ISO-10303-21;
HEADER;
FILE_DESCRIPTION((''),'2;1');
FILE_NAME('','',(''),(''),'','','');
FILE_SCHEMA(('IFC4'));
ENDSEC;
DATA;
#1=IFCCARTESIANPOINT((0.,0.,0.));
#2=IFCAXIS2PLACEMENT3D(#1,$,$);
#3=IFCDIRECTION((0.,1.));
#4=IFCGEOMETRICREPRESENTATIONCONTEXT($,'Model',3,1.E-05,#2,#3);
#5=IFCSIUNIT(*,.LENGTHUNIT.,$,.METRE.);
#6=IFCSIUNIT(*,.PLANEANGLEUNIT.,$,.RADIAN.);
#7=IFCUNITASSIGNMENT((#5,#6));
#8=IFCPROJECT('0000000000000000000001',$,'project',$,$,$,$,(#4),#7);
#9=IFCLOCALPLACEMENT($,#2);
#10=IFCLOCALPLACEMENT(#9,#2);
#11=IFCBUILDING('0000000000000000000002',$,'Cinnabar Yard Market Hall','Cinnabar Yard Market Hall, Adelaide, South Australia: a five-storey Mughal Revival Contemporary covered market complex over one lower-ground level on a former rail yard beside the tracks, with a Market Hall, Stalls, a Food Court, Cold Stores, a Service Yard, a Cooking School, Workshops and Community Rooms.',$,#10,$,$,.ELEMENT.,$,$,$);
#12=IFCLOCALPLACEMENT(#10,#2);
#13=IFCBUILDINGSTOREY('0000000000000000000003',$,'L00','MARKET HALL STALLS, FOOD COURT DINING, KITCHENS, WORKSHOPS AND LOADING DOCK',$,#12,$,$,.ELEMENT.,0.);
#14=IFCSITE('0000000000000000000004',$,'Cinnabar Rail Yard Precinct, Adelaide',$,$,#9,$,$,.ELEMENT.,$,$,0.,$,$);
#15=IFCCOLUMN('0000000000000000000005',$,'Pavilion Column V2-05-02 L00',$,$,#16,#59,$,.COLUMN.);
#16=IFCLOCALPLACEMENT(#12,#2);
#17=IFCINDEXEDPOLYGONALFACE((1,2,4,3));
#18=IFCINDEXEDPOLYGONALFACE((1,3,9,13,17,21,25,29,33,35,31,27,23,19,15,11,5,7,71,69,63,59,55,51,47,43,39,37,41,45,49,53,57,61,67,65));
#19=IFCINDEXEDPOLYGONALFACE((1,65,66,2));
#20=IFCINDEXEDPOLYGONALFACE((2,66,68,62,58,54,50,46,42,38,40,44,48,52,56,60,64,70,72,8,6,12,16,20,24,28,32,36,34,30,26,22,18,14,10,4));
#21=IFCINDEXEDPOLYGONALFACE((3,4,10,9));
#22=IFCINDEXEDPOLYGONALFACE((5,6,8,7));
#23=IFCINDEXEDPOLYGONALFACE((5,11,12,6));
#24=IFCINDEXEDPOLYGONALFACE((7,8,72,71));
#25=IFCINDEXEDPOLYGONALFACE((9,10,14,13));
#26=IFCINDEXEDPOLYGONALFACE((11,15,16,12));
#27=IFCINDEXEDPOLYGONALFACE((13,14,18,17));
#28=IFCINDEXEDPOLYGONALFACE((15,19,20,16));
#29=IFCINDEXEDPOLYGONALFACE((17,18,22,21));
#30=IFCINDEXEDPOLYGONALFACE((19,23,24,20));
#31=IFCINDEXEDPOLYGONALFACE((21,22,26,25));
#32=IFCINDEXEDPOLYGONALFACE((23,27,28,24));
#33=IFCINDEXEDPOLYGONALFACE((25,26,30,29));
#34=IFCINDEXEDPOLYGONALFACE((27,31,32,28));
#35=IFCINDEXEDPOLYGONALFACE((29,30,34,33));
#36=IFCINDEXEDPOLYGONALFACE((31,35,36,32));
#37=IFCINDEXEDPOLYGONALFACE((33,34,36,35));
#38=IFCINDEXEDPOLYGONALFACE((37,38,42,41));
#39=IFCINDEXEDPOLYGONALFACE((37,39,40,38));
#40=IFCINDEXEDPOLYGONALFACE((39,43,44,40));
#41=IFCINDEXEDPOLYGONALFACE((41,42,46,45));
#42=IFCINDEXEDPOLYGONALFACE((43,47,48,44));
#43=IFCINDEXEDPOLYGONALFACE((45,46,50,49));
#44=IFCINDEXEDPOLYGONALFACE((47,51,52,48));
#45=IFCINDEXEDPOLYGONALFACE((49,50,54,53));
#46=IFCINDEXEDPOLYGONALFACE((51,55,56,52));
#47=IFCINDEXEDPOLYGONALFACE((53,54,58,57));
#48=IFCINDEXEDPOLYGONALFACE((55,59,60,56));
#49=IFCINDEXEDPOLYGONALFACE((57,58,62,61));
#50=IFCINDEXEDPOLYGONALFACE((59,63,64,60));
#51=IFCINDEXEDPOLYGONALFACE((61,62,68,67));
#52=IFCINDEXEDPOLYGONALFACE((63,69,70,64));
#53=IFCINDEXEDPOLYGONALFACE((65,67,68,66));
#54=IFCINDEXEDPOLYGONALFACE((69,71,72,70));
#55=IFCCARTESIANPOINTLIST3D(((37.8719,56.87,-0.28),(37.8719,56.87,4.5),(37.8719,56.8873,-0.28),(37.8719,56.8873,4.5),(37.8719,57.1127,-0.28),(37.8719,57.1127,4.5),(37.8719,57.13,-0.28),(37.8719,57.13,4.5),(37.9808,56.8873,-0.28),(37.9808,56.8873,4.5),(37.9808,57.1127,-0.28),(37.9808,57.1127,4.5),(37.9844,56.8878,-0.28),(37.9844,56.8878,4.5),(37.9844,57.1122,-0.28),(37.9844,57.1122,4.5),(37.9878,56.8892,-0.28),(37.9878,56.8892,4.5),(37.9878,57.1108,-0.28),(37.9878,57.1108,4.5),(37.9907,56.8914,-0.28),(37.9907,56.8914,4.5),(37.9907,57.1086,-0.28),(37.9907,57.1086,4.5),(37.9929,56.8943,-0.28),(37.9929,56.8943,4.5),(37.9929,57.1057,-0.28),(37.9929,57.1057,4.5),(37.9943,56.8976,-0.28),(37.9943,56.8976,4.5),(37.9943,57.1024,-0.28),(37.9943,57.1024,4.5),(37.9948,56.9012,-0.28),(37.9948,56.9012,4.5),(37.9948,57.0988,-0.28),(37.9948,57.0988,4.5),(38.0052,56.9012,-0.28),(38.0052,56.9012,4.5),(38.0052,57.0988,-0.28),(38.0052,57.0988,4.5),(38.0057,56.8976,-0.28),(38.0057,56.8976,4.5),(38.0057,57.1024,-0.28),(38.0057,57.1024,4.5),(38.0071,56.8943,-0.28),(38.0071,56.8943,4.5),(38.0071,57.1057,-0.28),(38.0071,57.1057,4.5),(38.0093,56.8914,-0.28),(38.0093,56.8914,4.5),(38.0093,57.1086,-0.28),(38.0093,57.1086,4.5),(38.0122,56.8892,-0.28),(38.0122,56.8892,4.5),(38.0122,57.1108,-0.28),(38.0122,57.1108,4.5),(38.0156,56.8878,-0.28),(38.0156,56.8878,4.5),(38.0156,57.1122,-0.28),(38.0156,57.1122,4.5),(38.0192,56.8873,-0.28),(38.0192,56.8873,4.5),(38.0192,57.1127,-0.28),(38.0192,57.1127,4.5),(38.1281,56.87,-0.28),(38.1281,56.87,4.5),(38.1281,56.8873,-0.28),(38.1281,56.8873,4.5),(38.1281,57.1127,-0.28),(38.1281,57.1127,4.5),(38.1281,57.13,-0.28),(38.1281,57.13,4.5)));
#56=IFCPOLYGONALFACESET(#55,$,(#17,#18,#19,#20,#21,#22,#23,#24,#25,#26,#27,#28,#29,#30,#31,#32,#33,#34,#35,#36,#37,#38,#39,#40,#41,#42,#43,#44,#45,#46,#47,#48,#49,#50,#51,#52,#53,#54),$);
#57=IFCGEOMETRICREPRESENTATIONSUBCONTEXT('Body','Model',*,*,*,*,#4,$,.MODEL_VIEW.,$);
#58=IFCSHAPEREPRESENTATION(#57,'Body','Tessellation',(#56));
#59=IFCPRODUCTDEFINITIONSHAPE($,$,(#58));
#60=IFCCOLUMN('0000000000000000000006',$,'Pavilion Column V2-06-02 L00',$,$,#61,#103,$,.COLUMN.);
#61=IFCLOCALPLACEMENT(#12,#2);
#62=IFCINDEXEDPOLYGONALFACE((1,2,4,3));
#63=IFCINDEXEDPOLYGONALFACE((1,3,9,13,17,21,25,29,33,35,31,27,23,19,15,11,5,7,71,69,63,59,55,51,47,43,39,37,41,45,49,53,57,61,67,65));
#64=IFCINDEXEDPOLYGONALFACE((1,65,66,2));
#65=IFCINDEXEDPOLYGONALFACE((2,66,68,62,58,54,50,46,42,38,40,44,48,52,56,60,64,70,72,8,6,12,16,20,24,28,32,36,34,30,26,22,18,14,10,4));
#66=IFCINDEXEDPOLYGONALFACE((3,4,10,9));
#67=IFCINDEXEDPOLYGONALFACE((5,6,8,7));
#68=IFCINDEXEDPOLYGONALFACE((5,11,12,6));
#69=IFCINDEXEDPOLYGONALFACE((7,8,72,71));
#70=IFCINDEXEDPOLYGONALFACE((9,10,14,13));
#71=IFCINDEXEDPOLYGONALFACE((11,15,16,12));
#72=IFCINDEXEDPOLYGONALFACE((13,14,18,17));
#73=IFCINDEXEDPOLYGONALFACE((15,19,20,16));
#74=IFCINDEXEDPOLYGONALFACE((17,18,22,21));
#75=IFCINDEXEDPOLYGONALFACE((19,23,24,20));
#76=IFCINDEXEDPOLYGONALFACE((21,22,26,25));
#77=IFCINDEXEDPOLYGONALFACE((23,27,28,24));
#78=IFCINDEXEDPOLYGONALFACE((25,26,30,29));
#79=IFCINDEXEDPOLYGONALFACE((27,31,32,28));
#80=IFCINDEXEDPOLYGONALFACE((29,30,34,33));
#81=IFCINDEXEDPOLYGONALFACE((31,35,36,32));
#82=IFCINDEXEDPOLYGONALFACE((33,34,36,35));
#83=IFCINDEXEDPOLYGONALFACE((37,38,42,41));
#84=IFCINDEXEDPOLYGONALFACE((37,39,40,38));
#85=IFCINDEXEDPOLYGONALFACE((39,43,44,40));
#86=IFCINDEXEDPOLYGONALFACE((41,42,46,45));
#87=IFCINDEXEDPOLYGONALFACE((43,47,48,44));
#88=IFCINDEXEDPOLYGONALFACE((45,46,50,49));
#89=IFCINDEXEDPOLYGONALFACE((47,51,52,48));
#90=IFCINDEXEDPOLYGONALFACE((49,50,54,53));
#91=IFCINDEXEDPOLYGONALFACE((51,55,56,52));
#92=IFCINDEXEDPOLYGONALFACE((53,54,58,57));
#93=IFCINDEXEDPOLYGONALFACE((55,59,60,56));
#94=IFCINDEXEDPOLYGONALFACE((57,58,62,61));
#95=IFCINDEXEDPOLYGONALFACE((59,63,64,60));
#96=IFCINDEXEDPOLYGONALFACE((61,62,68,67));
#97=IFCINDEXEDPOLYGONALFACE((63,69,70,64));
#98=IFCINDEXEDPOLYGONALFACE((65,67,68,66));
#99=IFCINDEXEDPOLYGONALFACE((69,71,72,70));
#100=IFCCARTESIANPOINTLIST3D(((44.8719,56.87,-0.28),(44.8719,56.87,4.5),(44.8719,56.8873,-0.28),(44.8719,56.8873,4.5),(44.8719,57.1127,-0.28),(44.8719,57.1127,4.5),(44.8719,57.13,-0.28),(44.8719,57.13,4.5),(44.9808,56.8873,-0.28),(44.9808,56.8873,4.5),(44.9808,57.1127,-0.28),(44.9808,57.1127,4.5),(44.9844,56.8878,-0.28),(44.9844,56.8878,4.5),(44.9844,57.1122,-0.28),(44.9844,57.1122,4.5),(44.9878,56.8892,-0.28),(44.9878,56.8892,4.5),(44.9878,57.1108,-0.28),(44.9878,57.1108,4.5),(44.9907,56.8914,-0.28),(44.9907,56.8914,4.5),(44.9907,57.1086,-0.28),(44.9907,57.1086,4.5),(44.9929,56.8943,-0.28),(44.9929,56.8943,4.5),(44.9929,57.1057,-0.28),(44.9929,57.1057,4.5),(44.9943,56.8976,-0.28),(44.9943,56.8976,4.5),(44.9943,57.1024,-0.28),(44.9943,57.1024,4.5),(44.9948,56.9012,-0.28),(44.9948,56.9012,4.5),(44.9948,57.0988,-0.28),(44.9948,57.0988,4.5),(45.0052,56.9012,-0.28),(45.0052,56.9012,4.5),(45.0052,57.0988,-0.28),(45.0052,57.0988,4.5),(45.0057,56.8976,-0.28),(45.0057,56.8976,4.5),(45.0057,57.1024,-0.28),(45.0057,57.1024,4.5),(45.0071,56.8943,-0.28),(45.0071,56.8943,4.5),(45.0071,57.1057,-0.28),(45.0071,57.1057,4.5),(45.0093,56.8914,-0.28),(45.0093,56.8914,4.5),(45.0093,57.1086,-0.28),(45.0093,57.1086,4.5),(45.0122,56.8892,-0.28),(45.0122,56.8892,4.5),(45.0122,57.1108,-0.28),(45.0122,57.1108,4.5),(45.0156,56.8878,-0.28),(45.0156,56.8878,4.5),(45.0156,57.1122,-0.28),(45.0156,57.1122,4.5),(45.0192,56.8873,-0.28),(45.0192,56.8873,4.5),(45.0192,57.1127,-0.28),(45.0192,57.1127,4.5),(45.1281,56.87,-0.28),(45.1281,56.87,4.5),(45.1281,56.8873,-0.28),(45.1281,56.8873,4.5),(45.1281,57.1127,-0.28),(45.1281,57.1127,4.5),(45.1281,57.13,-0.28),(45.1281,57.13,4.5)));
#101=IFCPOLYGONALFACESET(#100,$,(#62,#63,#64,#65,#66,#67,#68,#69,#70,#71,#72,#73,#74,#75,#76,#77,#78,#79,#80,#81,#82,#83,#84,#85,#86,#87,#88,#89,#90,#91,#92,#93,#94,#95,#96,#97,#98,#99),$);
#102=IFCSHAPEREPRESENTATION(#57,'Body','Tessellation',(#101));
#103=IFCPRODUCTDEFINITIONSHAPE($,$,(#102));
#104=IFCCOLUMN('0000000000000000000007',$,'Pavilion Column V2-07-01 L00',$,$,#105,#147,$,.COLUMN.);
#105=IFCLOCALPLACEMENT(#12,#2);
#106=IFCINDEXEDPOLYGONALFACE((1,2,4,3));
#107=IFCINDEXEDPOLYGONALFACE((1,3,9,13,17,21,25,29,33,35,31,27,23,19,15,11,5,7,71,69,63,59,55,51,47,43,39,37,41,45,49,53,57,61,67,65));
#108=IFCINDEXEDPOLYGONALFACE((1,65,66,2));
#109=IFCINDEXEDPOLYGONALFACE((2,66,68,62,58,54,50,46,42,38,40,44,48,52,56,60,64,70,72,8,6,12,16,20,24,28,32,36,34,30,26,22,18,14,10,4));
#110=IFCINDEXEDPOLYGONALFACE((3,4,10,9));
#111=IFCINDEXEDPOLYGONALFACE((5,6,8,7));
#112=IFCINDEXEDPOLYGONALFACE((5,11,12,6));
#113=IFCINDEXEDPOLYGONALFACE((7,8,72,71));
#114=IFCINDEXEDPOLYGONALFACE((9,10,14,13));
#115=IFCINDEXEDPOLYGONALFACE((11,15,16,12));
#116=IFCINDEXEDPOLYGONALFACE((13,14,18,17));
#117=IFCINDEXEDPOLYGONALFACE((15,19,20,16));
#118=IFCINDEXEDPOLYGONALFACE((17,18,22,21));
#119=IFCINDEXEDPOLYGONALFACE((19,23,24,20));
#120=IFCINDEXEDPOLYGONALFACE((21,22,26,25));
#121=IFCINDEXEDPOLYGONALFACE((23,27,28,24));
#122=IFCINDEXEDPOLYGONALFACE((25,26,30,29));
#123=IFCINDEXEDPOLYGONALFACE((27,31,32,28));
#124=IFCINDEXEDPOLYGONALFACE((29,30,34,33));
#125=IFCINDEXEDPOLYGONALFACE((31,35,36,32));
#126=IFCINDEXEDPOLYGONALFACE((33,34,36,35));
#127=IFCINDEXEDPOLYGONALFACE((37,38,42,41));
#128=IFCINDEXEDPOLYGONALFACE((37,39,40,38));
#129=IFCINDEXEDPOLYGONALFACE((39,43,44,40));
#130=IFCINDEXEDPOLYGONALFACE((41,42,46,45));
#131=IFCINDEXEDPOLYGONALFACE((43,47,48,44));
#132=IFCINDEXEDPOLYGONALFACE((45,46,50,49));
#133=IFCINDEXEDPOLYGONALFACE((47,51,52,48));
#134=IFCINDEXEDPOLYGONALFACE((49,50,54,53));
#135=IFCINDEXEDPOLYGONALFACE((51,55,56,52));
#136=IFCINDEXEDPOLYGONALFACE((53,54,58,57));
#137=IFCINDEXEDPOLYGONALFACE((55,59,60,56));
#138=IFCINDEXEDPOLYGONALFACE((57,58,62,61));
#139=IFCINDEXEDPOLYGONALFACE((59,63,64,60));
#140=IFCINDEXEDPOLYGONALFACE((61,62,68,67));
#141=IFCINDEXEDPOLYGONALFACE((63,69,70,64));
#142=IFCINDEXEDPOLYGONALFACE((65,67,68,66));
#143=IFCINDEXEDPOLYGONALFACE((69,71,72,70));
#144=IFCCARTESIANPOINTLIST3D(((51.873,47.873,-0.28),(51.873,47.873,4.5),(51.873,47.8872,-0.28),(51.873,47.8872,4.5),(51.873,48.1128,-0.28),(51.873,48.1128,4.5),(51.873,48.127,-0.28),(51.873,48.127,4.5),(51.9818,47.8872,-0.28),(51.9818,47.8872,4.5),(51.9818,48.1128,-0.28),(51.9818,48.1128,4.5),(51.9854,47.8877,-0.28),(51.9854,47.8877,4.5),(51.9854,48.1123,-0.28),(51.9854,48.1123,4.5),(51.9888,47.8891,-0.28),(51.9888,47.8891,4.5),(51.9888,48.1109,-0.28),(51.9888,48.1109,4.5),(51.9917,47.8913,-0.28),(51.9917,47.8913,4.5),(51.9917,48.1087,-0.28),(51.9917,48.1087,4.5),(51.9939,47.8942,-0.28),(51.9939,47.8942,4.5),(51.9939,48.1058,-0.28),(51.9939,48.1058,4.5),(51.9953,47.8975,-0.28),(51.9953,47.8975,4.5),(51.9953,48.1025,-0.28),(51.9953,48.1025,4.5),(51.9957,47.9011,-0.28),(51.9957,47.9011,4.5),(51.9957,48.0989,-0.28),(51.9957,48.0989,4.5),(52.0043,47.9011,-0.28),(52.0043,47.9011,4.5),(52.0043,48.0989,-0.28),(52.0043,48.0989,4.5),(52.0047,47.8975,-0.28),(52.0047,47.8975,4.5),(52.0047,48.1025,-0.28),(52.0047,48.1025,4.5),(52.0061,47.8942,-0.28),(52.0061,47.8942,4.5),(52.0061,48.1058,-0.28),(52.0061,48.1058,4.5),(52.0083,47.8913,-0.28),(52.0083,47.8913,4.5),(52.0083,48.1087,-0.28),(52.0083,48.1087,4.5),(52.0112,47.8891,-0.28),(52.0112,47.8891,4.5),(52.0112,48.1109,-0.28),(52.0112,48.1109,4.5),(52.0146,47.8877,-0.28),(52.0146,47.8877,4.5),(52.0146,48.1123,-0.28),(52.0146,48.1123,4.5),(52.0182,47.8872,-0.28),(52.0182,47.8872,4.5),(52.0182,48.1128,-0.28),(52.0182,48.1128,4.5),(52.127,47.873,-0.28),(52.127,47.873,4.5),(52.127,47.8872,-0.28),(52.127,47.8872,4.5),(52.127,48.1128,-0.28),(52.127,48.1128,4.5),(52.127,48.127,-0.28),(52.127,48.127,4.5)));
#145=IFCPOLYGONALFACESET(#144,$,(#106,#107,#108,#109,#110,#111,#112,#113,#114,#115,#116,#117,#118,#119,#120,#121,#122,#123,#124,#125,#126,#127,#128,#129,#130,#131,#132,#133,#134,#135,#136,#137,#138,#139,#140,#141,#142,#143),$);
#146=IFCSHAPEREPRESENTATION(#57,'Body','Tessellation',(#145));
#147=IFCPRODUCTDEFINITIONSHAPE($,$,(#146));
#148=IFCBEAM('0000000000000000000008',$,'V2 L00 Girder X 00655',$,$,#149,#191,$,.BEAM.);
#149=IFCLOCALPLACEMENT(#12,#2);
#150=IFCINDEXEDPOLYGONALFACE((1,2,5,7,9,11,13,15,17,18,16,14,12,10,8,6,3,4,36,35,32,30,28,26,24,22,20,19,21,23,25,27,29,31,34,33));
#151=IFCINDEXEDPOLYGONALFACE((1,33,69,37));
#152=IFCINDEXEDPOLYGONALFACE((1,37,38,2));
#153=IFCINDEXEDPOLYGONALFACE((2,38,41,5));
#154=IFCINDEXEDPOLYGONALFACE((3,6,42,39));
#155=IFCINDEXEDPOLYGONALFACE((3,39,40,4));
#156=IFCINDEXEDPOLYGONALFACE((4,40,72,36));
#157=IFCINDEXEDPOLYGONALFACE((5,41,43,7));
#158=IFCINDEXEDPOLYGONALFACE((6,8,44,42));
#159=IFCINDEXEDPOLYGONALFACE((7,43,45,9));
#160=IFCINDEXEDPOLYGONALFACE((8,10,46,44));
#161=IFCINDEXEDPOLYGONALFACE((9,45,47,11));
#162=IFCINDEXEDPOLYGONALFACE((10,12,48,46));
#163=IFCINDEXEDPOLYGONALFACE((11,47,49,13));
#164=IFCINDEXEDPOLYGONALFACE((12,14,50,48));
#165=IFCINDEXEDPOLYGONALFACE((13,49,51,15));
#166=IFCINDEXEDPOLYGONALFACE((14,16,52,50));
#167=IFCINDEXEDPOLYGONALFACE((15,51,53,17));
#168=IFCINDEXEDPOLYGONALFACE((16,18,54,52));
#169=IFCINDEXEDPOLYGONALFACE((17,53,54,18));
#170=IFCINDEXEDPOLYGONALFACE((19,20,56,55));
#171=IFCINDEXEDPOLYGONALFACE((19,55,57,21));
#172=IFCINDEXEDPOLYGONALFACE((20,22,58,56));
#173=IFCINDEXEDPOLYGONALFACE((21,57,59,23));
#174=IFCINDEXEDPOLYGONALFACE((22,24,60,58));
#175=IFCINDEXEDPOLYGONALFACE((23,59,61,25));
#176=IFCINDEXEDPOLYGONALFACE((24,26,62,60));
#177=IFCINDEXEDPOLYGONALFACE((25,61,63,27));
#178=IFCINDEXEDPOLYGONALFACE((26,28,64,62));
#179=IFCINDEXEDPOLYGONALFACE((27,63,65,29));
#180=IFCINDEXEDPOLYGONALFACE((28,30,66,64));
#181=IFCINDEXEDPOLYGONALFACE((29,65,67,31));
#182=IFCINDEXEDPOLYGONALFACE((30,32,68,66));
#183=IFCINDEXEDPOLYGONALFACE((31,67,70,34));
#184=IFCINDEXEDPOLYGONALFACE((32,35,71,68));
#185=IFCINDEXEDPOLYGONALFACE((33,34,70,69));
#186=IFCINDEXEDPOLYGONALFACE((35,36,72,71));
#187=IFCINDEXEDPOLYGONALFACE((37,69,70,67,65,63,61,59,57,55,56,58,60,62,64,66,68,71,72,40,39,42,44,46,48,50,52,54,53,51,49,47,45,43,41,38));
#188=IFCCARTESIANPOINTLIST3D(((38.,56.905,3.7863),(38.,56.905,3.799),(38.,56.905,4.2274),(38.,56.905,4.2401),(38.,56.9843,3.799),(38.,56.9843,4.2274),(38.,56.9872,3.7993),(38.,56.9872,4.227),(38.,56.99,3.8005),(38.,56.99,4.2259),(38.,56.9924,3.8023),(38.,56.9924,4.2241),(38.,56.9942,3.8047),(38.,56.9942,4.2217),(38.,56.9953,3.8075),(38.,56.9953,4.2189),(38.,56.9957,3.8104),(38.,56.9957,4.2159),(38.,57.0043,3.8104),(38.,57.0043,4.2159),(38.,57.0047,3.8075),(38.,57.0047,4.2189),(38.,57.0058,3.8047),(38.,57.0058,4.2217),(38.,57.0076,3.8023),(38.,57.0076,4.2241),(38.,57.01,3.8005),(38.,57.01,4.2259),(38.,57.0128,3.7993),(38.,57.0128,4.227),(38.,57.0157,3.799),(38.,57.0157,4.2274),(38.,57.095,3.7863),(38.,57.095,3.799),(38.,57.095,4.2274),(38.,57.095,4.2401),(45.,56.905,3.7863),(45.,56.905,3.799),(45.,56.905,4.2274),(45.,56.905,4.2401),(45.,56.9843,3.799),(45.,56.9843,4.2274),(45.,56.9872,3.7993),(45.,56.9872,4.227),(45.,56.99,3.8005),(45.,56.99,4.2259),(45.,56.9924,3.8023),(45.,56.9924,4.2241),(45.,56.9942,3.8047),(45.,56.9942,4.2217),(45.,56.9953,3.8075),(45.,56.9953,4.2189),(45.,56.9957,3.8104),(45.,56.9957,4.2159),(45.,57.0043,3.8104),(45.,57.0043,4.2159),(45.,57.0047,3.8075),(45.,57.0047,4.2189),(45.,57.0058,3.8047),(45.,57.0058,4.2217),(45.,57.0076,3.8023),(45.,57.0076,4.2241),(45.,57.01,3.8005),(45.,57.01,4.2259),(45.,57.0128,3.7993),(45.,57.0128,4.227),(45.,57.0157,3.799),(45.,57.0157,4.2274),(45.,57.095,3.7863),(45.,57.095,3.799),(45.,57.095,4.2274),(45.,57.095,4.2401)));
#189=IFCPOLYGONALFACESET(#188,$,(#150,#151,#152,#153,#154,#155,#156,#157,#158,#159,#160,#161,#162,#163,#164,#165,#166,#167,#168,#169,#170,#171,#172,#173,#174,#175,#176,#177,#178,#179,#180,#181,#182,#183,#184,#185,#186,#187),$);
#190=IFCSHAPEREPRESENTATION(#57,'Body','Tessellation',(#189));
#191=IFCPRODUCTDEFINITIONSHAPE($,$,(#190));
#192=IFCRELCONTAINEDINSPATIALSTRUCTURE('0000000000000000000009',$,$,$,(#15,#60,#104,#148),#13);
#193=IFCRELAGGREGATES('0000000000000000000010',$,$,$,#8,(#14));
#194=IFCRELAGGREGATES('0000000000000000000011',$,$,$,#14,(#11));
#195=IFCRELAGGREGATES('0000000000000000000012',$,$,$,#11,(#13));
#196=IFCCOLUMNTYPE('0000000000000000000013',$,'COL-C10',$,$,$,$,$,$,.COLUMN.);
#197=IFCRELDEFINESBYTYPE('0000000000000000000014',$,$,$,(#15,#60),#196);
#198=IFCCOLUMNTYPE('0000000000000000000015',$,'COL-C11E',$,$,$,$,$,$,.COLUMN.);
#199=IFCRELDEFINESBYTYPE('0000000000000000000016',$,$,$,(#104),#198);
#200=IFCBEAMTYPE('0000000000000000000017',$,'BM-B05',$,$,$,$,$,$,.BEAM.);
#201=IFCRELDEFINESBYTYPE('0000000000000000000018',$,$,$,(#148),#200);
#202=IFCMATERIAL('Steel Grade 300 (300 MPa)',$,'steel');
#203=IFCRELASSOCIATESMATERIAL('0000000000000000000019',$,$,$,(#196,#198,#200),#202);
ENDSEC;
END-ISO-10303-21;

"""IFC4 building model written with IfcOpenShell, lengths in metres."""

from ifc_helpers import new_model, si_unit, direction, frame, origin, origin_2d_with_axis, place, context, subcontext, project, spatial, i_section, extrude, material, material_profile, profile_set, type_object, element, save


model = new_model("IFC4")

# Units and contexts
model_context = context("Model", 3, precision=1e-05, world=origin(), true_north=direction((0.0, 1.0)))
body_context = subcontext(model_context, "Body", "Model", "MODEL_VIEW")
ifc_project = project(units=[si_unit("LENGTHUNIT", "METRE"), si_unit("PLANEANGLEUNIT", "RADIAN")], contexts=[model_context])

# Site, building, storey
site_placement = place(None, origin())
site = spatial("IfcSite", under=ifc_project, at=site_placement, Name="Cinnabar Rail Yard Precinct, Adelaide", CompositionType="ELEMENT", RefElevation=0.0)
building_placement = place(site_placement, origin())
building = spatial("IfcBuilding", under=site, at=building_placement, Name="Cinnabar Yard Market Hall", Description="Cinnabar Yard Market Hall, Adelaide, South Australia: a five-storey Mughal Revival Contemporary covered market complex over one lower-ground level on a former rail yard beside the tracks, with a Market Hall, Stalls, a Food Court, Cold Stores, a Service Yard, a Cooking School, Workshops and Community Rooms.", CompositionType="ELEMENT")
storey_placement = place(building_placement, origin())
storey = spatial("IfcBuildingStorey", under=building, at=storey_placement, Name="L00", Description="MARKET HALL STALLS, FOOD COURT DINING, KITCHENS, WORKSHOPS AND LOADING DOCK", CompositionType="ELEMENT", Elevation=0.0)

# Columns
ifc_material_1 = material(Name="Steel Grade 300 (300 MPa)", Category="steel")
ifc_material_profile_1 = material_profile(ifc_material_1, i_section(OverallWidth=0.2561, OverallDepth=0.26, WebThickness=0.0105, FlangeThickness=0.0173, FilletRadius=0.0139, at=origin_2d_with_axis()), Name="250UC89.5")
ifc_profile_set_1 = profile_set([ifc_material_profile_1], Name="Steel Grade 300 (300 MPa)")
column_type_1 = type_object("IfcColumnType", Name="COL-C10", PredefinedType="COLUMN", material=ifc_profile_set_1)
for number, where, z_axis, x_axis, name in (
    (1, (38.0, 57.0, -0.28), (0.0, 0.0, 1.0), (1.0, 0.0, 0.0), "Pavilion Column V2-05-02 L00"),
    (2, (45.0, 57.0, -0.28), (0.0, 0.0, 1.0), (1.0, 0.0, 0.0), "Pavilion Column V2-06-02 L00"),
):
    element("IfcColumn", number, at=place(storey_placement, frame(where, z_axis=z_axis, x_axis=x_axis)), inside=storey, type_object=column_type_1, Name=name, PredefinedType="COLUMN", context=body_context, shape_type="SweptSolid", body=[
        extrude(i_section(OverallWidth=0.2561, OverallDepth=0.26, WebThickness=0.0105, FlangeThickness=0.0173, FilletRadius=0.0139, at=origin_2d_with_axis()), origin(), (0.0, 0.0, 1.0), 4.78),
    ])
ifc_material_profile_2 = material_profile(ifc_material_1, i_section(OverallWidth=0.2539, OverallDepth=0.2539, WebThickness=0.0085, FlangeThickness=0.0142, FilletRadius=0.0139, at=origin_2d_with_axis()), Name="250UC72.9")
ifc_profile_set_2 = profile_set([ifc_material_profile_2], Name="Steel Grade 300 (300 MPa)")
column_type_2 = type_object("IfcColumnType", Name="COL-C11E", PredefinedType="COLUMN", material=ifc_profile_set_2)
column_placement = place(storey_placement, frame((52.0, 48.0, -0.28), z_axis=(0.0, 0.0, 1.0), x_axis=(1.0, 0.0, 0.0)))
element("IfcColumn", 3, at=column_placement, inside=storey, type_object=column_type_2, Name="Pavilion Column V2-07-01 L00", PredefinedType="COLUMN", context=body_context, shape_type="SweptSolid", body=[
    extrude(i_section(OverallWidth=0.2539, OverallDepth=0.2539, WebThickness=0.0085, FlangeThickness=0.0142, FilletRadius=0.0139, at=origin_2d_with_axis()), origin(), (0.0, 0.0, 1.0), 4.78),
])

# Beam
ifc_material_profile_3 = material_profile(ifc_material_1, i_section(OverallWidth=0.1899, OverallDepth=0.4539, WebThickness=0.0085, FlangeThickness=0.0127, FilletRadius=0.0115, at=origin_2d_with_axis()), Name="460UB67.1")
ifc_profile_set_3 = profile_set([ifc_material_profile_3], Name="Steel Grade 300 (300 MPa)")
beam_type_1 = type_object("IfcBeamType", Name="BM-B05", PredefinedType="BEAM", material=ifc_profile_set_3)
for number, where, z_axis, x_axis, name in (
    (4, (38.0, 57.0, 4.0132), (1.0, 0.0, 0.0), (0.0, 1.0, 0.0), "V2 L00 Girder X 00655"),
):
    element("IfcBeam", number, at=place(storey_placement, frame(where, z_axis=z_axis, x_axis=x_axis)), inside=storey, type_object=beam_type_1, Name=name, PredefinedType="BEAM", context=body_context, shape_type="SweptSolid", body=[
        extrude(i_section(OverallWidth=0.1899, OverallDepth=0.4539, WebThickness=0.0085, FlangeThickness=0.0127, FilletRadius=0.0115, at=origin_2d_with_axis()), origin(), (0.0, 0.0, 1.0), 7.0),
    ])

save(model, "model.ifc")
